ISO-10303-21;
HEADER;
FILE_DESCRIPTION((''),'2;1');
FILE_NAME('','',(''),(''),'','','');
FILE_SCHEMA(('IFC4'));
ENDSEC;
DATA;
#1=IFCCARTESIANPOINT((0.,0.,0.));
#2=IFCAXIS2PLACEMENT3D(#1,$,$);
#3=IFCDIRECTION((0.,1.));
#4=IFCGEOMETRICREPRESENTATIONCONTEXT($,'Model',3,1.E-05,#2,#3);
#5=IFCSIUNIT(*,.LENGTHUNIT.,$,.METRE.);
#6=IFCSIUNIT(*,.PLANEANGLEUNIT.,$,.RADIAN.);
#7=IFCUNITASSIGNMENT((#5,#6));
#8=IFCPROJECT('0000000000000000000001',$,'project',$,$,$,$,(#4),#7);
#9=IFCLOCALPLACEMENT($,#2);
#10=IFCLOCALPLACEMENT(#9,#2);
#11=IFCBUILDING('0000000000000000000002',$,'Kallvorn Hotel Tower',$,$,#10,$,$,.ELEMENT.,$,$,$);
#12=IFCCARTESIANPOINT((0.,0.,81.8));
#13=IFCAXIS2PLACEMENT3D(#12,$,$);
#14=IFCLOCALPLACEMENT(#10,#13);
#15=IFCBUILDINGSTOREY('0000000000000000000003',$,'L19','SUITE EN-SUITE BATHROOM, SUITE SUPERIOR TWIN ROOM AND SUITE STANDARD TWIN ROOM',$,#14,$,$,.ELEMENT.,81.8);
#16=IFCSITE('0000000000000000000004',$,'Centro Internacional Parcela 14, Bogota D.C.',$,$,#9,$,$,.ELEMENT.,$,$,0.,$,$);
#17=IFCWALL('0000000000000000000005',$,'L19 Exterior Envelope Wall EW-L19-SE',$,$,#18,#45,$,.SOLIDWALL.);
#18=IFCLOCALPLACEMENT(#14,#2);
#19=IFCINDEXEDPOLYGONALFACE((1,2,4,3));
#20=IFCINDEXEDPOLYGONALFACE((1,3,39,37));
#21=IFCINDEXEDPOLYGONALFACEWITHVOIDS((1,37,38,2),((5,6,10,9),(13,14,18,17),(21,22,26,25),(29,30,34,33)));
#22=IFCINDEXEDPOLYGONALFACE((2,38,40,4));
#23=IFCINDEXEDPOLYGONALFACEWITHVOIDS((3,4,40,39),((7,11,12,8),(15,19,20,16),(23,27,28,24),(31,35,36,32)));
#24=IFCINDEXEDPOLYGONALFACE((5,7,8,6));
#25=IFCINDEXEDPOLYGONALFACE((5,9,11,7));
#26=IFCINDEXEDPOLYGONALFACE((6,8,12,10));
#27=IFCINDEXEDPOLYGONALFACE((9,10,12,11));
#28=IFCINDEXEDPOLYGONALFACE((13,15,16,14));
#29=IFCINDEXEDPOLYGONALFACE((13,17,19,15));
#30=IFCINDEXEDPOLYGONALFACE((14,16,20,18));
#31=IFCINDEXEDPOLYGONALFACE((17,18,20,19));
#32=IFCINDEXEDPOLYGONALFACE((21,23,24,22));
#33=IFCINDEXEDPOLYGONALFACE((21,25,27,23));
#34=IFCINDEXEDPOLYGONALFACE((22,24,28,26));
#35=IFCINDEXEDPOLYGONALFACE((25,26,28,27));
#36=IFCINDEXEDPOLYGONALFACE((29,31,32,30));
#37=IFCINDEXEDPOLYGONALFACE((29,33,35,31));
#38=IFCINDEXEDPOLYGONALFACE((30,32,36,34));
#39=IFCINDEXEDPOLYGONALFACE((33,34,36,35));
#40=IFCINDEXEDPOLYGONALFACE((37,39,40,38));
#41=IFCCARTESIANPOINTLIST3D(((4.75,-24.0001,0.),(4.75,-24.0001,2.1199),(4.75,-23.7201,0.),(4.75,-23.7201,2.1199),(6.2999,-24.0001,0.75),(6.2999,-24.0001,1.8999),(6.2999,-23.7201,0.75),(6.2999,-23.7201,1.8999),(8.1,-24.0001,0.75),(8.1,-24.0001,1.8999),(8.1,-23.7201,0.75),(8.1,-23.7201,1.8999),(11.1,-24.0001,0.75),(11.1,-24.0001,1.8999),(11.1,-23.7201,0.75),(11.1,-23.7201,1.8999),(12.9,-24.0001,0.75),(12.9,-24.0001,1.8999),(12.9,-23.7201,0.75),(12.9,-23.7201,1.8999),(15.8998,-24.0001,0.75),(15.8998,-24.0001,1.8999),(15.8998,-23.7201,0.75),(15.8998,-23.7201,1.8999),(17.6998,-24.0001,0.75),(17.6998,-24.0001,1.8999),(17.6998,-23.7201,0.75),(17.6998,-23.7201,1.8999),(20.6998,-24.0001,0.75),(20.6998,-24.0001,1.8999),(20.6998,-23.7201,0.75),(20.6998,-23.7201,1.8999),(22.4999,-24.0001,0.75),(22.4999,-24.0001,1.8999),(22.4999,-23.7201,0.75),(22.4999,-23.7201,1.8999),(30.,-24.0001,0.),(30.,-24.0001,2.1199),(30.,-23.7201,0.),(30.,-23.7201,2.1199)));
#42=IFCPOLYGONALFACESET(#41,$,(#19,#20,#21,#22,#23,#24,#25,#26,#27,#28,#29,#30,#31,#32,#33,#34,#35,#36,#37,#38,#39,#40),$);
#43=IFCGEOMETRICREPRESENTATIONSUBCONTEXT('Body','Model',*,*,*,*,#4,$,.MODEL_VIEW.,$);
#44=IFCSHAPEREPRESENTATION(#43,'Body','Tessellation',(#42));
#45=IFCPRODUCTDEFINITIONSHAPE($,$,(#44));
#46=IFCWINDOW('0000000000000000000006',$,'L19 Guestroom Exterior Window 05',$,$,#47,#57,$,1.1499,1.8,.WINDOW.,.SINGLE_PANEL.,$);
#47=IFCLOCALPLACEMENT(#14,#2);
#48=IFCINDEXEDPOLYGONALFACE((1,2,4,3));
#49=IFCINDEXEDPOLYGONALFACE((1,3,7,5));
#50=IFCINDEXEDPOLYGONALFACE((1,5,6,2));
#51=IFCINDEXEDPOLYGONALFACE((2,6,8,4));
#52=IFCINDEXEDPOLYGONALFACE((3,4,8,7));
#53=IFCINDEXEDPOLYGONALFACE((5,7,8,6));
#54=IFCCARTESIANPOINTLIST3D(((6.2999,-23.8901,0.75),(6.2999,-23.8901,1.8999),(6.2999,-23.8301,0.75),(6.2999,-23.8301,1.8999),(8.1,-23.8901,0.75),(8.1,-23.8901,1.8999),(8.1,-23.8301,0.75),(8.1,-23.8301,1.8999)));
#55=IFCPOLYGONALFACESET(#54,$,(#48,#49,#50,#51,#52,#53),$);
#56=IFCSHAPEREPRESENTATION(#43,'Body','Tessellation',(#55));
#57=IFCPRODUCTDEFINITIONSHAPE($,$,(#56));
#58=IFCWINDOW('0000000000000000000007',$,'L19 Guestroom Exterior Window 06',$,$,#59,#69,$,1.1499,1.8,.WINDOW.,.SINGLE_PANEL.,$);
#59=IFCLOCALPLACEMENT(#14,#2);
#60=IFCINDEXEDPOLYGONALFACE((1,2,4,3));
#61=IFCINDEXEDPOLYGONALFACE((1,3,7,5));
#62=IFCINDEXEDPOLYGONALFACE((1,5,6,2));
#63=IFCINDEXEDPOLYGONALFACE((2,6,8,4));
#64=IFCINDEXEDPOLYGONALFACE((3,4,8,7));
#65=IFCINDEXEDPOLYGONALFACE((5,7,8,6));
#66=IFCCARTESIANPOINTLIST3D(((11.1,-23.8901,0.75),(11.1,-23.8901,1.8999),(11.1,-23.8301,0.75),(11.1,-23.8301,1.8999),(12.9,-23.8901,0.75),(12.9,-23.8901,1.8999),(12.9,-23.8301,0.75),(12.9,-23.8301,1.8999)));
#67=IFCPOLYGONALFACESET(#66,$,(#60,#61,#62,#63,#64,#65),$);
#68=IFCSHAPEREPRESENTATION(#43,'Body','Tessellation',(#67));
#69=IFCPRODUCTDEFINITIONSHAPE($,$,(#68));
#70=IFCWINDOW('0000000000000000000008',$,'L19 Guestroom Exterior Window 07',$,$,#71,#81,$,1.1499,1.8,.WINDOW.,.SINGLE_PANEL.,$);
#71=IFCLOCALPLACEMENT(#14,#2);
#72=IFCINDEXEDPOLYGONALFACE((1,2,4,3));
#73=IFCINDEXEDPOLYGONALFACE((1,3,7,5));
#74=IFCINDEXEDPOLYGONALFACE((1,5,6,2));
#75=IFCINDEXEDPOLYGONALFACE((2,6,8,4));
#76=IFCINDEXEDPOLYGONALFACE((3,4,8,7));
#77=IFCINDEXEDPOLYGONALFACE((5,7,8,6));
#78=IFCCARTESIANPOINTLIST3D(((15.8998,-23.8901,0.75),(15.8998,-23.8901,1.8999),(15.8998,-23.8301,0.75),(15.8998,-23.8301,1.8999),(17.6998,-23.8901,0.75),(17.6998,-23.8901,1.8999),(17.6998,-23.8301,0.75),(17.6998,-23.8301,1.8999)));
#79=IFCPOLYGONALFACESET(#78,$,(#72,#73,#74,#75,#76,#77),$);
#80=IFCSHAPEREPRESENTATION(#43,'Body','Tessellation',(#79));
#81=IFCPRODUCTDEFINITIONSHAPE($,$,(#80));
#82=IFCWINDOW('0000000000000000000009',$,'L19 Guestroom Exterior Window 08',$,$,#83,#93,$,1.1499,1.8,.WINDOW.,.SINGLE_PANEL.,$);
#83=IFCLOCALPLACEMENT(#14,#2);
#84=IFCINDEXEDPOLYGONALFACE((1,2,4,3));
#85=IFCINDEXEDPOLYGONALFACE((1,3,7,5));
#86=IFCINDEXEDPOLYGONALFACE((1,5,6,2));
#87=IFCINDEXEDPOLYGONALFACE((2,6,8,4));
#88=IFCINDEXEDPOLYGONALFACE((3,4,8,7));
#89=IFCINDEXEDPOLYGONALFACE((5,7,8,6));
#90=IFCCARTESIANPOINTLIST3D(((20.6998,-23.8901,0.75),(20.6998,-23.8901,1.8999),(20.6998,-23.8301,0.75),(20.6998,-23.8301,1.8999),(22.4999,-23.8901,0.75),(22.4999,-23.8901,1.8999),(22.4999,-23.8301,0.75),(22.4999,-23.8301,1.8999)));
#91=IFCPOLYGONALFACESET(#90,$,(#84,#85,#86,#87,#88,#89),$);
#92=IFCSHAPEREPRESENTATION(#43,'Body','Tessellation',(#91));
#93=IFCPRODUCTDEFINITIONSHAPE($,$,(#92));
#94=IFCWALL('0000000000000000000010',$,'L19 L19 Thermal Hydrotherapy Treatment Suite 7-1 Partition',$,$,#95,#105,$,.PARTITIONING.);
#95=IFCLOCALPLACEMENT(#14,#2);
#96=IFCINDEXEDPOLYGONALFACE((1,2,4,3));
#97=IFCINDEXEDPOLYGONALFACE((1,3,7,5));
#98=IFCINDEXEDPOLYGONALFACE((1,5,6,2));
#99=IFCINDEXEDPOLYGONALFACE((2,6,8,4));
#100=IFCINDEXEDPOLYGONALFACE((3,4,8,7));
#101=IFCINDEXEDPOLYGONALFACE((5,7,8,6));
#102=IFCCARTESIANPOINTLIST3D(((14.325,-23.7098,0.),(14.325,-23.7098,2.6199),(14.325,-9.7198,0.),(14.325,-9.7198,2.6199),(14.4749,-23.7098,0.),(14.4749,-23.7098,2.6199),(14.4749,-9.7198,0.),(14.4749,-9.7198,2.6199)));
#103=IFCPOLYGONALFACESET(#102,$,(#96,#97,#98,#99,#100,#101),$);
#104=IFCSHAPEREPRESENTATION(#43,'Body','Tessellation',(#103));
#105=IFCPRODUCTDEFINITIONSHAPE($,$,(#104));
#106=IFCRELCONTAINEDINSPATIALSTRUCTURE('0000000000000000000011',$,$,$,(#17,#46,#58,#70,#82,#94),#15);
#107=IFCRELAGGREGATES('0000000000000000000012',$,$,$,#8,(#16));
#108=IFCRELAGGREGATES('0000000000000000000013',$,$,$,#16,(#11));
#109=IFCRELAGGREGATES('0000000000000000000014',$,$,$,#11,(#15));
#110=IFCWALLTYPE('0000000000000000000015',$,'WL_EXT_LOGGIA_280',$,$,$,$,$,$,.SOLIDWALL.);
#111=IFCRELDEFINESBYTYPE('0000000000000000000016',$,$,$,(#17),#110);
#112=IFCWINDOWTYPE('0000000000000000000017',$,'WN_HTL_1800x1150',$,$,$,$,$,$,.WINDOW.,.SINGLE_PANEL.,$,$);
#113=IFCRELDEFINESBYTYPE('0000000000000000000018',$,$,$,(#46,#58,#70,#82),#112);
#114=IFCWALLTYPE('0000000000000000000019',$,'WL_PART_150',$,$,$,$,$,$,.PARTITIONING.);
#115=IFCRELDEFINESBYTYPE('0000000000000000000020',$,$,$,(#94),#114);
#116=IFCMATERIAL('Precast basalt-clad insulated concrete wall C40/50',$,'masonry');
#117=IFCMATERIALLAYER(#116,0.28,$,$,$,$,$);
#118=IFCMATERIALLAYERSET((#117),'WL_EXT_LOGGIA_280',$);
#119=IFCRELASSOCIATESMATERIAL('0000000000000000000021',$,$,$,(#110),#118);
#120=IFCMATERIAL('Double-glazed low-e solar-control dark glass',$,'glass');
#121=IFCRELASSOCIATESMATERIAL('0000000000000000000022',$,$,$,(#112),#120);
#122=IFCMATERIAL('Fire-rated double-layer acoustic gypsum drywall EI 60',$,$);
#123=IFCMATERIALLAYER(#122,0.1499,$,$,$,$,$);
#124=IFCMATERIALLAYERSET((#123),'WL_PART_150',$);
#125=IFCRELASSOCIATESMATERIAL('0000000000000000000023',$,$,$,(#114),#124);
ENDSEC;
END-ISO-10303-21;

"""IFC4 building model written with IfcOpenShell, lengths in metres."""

from ifc_helpers import new_model, si_unit, direction, frame, frame_2d, origin, place, context, subcontext, project, spatial, rectangle, extrude, material, layer, layer_set, type_object, element, fill, save


model = new_model("IFC4")

# Units and contexts
model_context = context("Model", 3, precision=1e-05, world=origin(), true_north=direction((0.0, 1.0)))
body_context = subcontext(model_context, "Body", "Model", "MODEL_VIEW")
ifc_project = project(units=[si_unit("LENGTHUNIT", "METRE"), si_unit("PLANEANGLEUNIT", "RADIAN")], contexts=[model_context])

# Site, building, storey
site_placement = place(None, origin())
site = spatial("IfcSite", under=ifc_project, at=site_placement, Name="Centro Internacional Parcela 14, Bogota D.C.", CompositionType="ELEMENT", RefElevation=0.0)
building_placement = place(site_placement, origin())
building = spatial("IfcBuilding", under=site, at=building_placement, Name="Kallvorn Hotel Tower", CompositionType="ELEMENT")
storey_placement = place(building_placement, frame((0.0, 0.0, 81.8)))
storey = spatial("IfcBuildingStorey", under=building, at=storey_placement, Name="L19", Description="SUITE EN-SUITE BATHROOM, SUITE SUPERIOR TWIN ROOM AND SUITE STANDARD TWIN ROOM", CompositionType="ELEMENT", Elevation=81.8)

# Wall, openings, windows
ifc_material_1 = material(Name="Precast basalt-clad insulated concrete wall C40/50", Category="masonry")
ifc_layer_1 = layer(ifc_material_1, 0.28)
ifc_layer_set_1 = layer_set([ifc_layer_1], Name="WL_EXT_LOGGIA_280")
wall_type_1 = type_object("IfcWallType", Name="WL_EXT_LOGGIA_280", PredefinedType="SOLIDWALL", material=ifc_layer_set_1)
wall_1_placement = place(storey_placement, frame((4.75, -23.8601, 0.0), z_axis=(0.0, 0.0, 1.0), x_axis=(1.0, 0.0, 0.0)))
wall_1 = element("IfcWall", 1, at=wall_1_placement, inside=storey, type_object=wall_type_1, Name="L19 Exterior Envelope Wall EW-L19-SE", PredefinedType="SOLIDWALL", context=body_context, shape_type="SweptSolid", body=[
    extrude(rectangle(XDim=25.25, YDim=0.28, at=frame_2d((12.625, 0.0))), origin(), (0.0, 0.0, 1.0), 2.1199),
])
opening_1_placement = place(wall_1_placement, frame((1.55, 0.0, 0.75)))
opening_1 = element("IfcOpeningElement", 2, at=opening_1_placement, cuts=wall_1, PredefinedType="OPENING", context=body_context, shape_type="SweptSolid", body=[
    extrude(rectangle(XDim=1.8, YDim=1.1499, at=frame_2d((0.8999, 0.575))), frame((0.0, 0.155, 0.0), z_axis=(0.0, -1.0, 0.0), x_axis=(1.0, 0.0, 0.0)), (0.0, 0.0, 1.0), 0.3101),
])
opening_2_placement = place(wall_1_placement, frame((6.3501, 0.0, 0.75)))
opening_2 = element("IfcOpeningElement", 3, at=opening_2_placement, cuts=wall_1, PredefinedType="OPENING", context=body_context, shape_type="SweptSolid", body=[
    extrude(rectangle(XDim=1.8, YDim=1.1499, at=frame_2d((0.8999, 0.575))), frame((0.0, 0.155, 0.0), z_axis=(0.0, -1.0, 0.0), x_axis=(1.0, 0.0, 0.0)), (0.0, 0.0, 1.0), 0.3101),
])
opening_3_placement = place(wall_1_placement, frame((11.1499, 0.0, 0.75)))
opening_3 = element("IfcOpeningElement", 4, at=opening_3_placement, cuts=wall_1, PredefinedType="OPENING", context=body_context, shape_type="SweptSolid", body=[
    extrude(rectangle(XDim=1.8, YDim=1.1499, at=frame_2d((0.8999, 0.575))), frame((0.0, 0.155, 0.0), z_axis=(0.0, -1.0, 0.0), x_axis=(1.0, 0.0, 0.0)), (0.0, 0.0, 1.0), 0.3101),
])
opening_4_placement = place(wall_1_placement, frame((15.95, 0.0, 0.75)))
opening_4 = element("IfcOpeningElement", 5, at=opening_4_placement, cuts=wall_1, PredefinedType="OPENING", context=body_context, shape_type="SweptSolid", body=[
    extrude(rectangle(XDim=1.8, YDim=1.1499, at=frame_2d((0.8999, 0.575))), frame((0.0, 0.155, 0.0), z_axis=(0.0, -1.0, 0.0), x_axis=(1.0, 0.0, 0.0)), (0.0, 0.0, 1.0), 0.3101),
])
ifc_material_2 = material(Name="Double-glazed low-e solar-control dark glass", Category="glass")
window_type = type_object("IfcWindowType", Name="WN_HTL_1800x1150", PartitioningType="SINGLE_PANEL", PredefinedType="WINDOW", material=ifc_material_2)
window_1_placement = place(opening_1_placement, origin())
window_1 = element("IfcWindow", 6, at=window_1_placement, inside=storey, type_object=window_type, Name="L19 Guestroom Exterior Window 05", OverallHeight=1.1499, OverallWidth=1.8, PartitioningType="SINGLE_PANEL", PredefinedType="WINDOW", context=body_context, shape_type="SweptSolid", body=[
    extrude(rectangle(XDim=1.8, YDim=1.1499, at=frame_2d((0.8999, 0.575))), frame((0.0, 0.03, 0.0), z_axis=(0.0, -1.0, 0.0), x_axis=(1.0, 0.0, 0.0)), (0.0, 0.0, 1.0), 0.0601),
])
fill(opening_1, window_1)
window_2_placement = place(opening_2_placement, origin())
window_2 = element("IfcWindow", 7, at=window_2_placement, inside=storey, type_object=window_type, Name="L19 Guestroom Exterior Window 06", OverallHeight=1.1499, OverallWidth=1.8, PartitioningType="SINGLE_PANEL", PredefinedType="WINDOW", context=body_context, shape_type="SweptSolid", body=[
    extrude(rectangle(XDim=1.8, YDim=1.1499, at=frame_2d((0.8999, 0.575))), frame((0.0, 0.03, 0.0), z_axis=(0.0, -1.0, 0.0), x_axis=(1.0, 0.0, 0.0)), (0.0, 0.0, 1.0), 0.0601),
])
fill(opening_2, window_2)
window_3_placement = place(opening_3_placement, origin())
window_3 = element("IfcWindow", 8, at=window_3_placement, inside=storey, type_object=window_type, Name="L19 Guestroom Exterior Window 07", OverallHeight=1.1499, OverallWidth=1.8, PartitioningType="SINGLE_PANEL", PredefinedType="WINDOW", context=body_context, shape_type="SweptSolid", body=[
    extrude(rectangle(XDim=1.8, YDim=1.1499, at=frame_2d((0.8999, 0.575))), frame((0.0, 0.03, 0.0), z_axis=(0.0, -1.0, 0.0), x_axis=(1.0, 0.0, 0.0)), (0.0, 0.0, 1.0), 0.0601),
])
fill(opening_3, window_3)
window_4_placement = place(opening_4_placement, origin())
window_4 = element("IfcWindow", 9, at=window_4_placement, inside=storey, type_object=window_type, Name="L19 Guestroom Exterior Window 08", OverallHeight=1.1499, OverallWidth=1.8, PartitioningType="SINGLE_PANEL", PredefinedType="WINDOW", context=body_context, shape_type="SweptSolid", body=[
    extrude(rectangle(XDim=1.8, YDim=1.1499, at=frame_2d((0.8999, 0.575))), frame((0.0, 0.03, 0.0), z_axis=(0.0, -1.0, 0.0), x_axis=(1.0, 0.0, 0.0)), (0.0, 0.0, 1.0), 0.0601),
])
fill(opening_4, window_4)

# Wall
ifc_material_3 = material(Name="Fire-rated double-layer acoustic gypsum drywall EI 60")
ifc_layer_2 = layer(ifc_material_3, 0.1499)
ifc_layer_set_2 = layer_set([ifc_layer_2], Name="WL_PART_150")
wall_type_2 = type_object("IfcWallType", Name="WL_PART_150", PredefinedType="PARTITIONING", material=ifc_layer_set_2)
wall_2_placement = place(storey_placement, frame((14.3999, -23.71, 0.0), z_axis=(0.0, 0.0, 1.0), x_axis=(0.0, 1.0, 0.0)))
element("IfcWall", 10, at=wall_2_placement, inside=storey, type_object=wall_type_2, Name="L19 L19 Thermal Hydrotherapy Treatment Suite 7-1 Partition", PredefinedType="PARTITIONING", context=body_context, shape_type="SweptSolid", body=[
    extrude(rectangle(XDim=13.99, YDim=0.1499, at=frame_2d((6.9951, 0.0))), origin(), (0.0, 0.0, 1.0), 2.6199),
])

save(model, "model.ifc")
